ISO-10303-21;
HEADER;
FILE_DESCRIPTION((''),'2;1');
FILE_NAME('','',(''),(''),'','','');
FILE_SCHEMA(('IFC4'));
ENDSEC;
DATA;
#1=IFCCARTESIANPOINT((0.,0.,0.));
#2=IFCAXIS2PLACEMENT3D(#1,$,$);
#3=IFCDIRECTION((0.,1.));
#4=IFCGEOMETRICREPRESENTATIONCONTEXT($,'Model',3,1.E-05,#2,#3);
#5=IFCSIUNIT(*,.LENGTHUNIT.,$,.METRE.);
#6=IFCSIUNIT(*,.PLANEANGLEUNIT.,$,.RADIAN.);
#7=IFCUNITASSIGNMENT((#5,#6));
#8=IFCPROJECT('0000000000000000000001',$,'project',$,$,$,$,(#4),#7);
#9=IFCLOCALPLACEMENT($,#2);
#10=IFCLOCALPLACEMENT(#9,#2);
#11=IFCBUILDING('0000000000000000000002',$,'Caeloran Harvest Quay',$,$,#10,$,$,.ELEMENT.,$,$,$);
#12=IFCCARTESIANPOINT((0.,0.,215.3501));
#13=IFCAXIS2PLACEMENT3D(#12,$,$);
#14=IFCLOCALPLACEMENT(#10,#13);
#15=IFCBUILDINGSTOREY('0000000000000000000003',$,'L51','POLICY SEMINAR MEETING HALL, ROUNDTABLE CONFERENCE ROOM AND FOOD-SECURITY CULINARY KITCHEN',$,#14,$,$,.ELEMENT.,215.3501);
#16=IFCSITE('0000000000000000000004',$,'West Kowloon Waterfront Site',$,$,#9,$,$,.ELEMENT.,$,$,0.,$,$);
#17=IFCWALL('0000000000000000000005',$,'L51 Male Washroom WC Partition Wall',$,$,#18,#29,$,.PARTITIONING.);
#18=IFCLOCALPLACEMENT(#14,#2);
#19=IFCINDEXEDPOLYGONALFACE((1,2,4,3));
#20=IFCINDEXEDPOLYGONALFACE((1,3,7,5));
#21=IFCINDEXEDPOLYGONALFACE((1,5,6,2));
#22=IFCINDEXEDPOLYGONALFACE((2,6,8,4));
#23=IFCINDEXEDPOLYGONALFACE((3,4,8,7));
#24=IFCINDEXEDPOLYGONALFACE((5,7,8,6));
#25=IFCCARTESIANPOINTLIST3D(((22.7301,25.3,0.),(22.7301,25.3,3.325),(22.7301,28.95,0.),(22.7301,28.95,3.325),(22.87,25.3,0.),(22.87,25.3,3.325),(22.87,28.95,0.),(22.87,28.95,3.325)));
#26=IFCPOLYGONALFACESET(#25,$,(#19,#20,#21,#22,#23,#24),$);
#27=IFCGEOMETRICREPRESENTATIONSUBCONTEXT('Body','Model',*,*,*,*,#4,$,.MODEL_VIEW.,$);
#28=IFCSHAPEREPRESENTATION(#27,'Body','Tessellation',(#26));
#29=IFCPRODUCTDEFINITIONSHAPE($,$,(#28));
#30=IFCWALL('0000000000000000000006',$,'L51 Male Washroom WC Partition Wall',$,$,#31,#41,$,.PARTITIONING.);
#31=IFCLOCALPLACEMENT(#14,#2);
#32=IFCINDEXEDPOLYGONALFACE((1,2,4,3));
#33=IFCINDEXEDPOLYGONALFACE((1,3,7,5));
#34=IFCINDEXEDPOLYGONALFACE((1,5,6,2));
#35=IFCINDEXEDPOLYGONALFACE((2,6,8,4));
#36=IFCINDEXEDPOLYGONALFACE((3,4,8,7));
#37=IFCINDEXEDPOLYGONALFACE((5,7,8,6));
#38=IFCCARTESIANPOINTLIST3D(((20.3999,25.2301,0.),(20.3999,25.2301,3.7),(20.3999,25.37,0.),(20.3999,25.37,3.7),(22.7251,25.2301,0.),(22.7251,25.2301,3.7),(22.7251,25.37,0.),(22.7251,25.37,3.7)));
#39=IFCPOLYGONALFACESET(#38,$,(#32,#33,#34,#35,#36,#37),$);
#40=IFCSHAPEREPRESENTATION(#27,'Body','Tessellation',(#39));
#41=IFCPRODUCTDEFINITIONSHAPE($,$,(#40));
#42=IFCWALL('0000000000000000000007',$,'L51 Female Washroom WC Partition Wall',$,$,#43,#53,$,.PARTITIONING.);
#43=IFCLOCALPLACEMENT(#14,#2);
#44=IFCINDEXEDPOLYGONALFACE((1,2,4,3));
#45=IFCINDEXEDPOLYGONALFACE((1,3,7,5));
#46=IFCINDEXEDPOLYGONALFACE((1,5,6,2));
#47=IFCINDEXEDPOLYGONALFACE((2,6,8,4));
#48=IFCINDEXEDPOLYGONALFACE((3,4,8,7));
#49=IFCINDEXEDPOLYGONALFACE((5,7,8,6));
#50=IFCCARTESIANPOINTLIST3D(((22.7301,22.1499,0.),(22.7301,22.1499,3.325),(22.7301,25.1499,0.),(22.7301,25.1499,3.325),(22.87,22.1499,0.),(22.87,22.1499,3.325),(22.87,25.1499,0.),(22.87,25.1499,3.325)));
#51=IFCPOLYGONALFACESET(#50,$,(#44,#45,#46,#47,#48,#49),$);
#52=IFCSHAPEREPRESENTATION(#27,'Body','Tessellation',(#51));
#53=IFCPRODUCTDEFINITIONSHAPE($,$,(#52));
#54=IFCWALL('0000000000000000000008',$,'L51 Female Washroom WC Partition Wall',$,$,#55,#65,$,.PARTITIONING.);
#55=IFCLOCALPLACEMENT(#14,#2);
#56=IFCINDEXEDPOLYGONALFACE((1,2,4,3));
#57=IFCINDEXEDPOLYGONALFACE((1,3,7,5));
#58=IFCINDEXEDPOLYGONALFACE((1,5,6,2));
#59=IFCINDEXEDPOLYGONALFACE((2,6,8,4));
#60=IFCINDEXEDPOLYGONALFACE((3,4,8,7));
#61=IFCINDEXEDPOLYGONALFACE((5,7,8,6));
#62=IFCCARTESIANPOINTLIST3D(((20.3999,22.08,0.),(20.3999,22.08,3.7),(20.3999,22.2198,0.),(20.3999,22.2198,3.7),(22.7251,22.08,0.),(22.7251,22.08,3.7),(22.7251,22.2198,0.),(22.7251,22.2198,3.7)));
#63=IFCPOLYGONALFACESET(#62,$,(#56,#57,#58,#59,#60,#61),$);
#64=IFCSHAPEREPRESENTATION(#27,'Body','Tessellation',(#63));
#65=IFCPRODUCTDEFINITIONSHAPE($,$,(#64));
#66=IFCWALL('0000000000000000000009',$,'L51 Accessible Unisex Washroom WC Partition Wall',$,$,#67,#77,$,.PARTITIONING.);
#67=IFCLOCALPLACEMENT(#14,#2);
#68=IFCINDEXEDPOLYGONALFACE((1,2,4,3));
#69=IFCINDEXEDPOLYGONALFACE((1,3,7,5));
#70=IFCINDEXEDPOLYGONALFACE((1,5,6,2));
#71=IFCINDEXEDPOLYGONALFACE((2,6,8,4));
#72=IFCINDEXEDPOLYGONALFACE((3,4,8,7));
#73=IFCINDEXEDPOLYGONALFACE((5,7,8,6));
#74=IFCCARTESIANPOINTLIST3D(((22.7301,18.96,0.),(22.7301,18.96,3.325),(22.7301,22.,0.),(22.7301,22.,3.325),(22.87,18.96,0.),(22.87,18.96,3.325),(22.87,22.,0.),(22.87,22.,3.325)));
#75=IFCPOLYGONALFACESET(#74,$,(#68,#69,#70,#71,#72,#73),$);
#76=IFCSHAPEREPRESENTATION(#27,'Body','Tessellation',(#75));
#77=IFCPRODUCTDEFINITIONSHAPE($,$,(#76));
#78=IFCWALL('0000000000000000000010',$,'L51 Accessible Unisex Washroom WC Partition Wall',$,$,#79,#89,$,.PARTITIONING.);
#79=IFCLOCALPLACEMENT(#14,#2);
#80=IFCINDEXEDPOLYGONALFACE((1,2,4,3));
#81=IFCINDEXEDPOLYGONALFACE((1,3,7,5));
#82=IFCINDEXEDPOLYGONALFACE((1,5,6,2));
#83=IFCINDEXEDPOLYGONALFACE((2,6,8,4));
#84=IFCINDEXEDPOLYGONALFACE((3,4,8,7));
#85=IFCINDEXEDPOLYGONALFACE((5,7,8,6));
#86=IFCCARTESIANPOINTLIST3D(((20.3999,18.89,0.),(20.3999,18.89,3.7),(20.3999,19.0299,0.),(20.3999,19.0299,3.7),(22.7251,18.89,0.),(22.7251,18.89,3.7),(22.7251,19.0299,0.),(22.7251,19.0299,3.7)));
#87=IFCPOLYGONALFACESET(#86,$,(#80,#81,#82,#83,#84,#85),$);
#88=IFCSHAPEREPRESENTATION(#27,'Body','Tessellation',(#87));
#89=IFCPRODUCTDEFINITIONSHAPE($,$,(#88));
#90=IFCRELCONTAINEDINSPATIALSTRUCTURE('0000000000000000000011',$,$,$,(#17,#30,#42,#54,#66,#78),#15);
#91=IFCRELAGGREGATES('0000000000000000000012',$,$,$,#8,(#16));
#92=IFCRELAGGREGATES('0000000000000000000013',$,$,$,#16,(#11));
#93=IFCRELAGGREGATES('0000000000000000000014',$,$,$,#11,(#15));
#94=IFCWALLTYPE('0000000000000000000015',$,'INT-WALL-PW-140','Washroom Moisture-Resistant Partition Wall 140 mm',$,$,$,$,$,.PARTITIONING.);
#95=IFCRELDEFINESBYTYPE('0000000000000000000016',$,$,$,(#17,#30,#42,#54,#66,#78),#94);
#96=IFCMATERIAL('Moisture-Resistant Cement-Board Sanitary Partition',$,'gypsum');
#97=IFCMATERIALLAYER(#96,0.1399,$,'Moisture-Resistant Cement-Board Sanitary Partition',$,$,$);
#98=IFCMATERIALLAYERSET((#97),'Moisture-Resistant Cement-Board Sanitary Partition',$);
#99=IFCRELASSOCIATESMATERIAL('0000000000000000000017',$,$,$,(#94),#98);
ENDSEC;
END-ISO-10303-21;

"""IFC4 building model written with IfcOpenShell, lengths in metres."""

from ifc_helpers import new_model, si_unit, direction, frame, frame_2d, origin, place, context, subcontext, project, spatial, rectangle, extrude, material, layer, layer_set, type_object, element, save


model = new_model("IFC4")

# Units and contexts
model_context = context("Model", 3, precision=1e-05, world=origin(), true_north=direction((0.0, 1.0)))
body_context = subcontext(model_context, "Body", "Model", "MODEL_VIEW")
ifc_project = project(units=[si_unit("LENGTHUNIT", "METRE"), si_unit("PLANEANGLEUNIT", "RADIAN")], contexts=[model_context])

# Site, building, storey
site_placement = place(None, origin())
site = spatial("IfcSite", under=ifc_project, at=site_placement, Name="West Kowloon Waterfront Site", CompositionType="ELEMENT", RefElevation=0.0)
building_placement = place(site_placement, origin())
building = spatial("IfcBuilding", under=site, at=building_placement, Name="Caeloran Harvest Quay", CompositionType="ELEMENT")
storey_placement = place(building_placement, frame((0.0, 0.0, 215.3501)))
storey = spatial("IfcBuildingStorey", under=building, at=storey_placement, Name="L51", Description="POLICY SEMINAR MEETING HALL, ROUNDTABLE CONFERENCE ROOM AND FOOD-SECURITY CULINARY KITCHEN", CompositionType="ELEMENT", Elevation=215.3501)

# Walls
ifc_material_1 = material(Name="Moisture-Resistant Cement-Board Sanitary Partition", Category="gypsum")
ifc_layer_1 = layer(ifc_material_1, 0.1399, Name="Moisture-Resistant Cement-Board Sanitary Partition")
ifc_layer_set_1 = layer_set([ifc_layer_1], Name="Moisture-Resistant Cement-Board Sanitary Partition")
wall_type_1 = type_object("IfcWallType", Name="INT-WALL-PW-140", Description="Washroom Moisture-Resistant Partition Wall 140 mm", PredefinedType="PARTITIONING", material=ifc_layer_set_1)
wall_1_placement = place(storey_placement, frame((22.8, 28.95, 0.0), z_axis=(0.0, 0.0, 1.0), x_axis=(0.0, -1.0, 0.0)))
element("IfcWall", 1, at=wall_1_placement, inside=storey, type_object=wall_type_1, Name="L51 Male Washroom WC Partition Wall", PredefinedType="PARTITIONING", context=body_context, shape_type="SweptSolid", body=[
    extrude(rectangle(XDim=3.6499, YDim=0.1399, at=frame_2d((1.825, 0.0))), origin(), (0.0, 0.0, 1.0), 3.325),
])
wall_2_placement = place(storey_placement, frame((22.7251, 25.3, 0.0), z_axis=(0.0, 0.0, 1.0), x_axis=(-1.0, 0.0, 0.0)))
element("IfcWall", 2, at=wall_2_placement, inside=storey, type_object=wall_type_1, Name="L51 Male Washroom WC Partition Wall", PredefinedType="PARTITIONING", context=body_context, shape_type="SweptSolid", body=[
    extrude(rectangle(XDim=2.3252, YDim=0.1399, at=frame_2d((1.1626, 0.0))), origin(), (0.0, 0.0, 1.0), 3.7),
])
wall_3_placement = place(storey_placement, frame((22.8, 25.1499, 0.0), z_axis=(0.0, 0.0, 1.0), x_axis=(0.0, -1.0, 0.0)))
element("IfcWall", 3, at=wall_3_placement, inside=storey, type_object=wall_type_1, Name="L51 Female Washroom WC Partition Wall", PredefinedType="PARTITIONING", context=body_context, shape_type="SweptSolid", body=[
    extrude(rectangle(XDim=3.0, YDim=0.1399, at=frame_2d((1.5, 0.0))), origin(), (0.0, 0.0, 1.0), 3.325),
])
wall_4_placement = place(storey_placement, frame((22.7251, 22.1499, 0.0), z_axis=(0.0, 0.0, 1.0), x_axis=(-1.0, 0.0, 0.0)))
element("IfcWall", 4, at=wall_4_placement, inside=storey, type_object=wall_type_1, Name="L51 Female Washroom WC Partition Wall", PredefinedType="PARTITIONING", context=body_context, shape_type="SweptSolid", body=[
    extrude(rectangle(XDim=2.3252, YDim=0.1399, at=frame_2d((1.1626, 0.0))), origin(), (0.0, 0.0, 1.0), 3.7),
])
wall_5_placement = place(storey_placement, frame((22.8, 22.0, 0.0), z_axis=(0.0, 0.0, 1.0), x_axis=(0.0, -1.0, 0.0)))
element("IfcWall", 5, at=wall_5_placement, inside=storey, type_object=wall_type_1, Name="L51 Accessible Unisex Washroom WC Partition Wall", PredefinedType="PARTITIONING", context=body_context, shape_type="SweptSolid", body=[
    extrude(rectangle(XDim=3.04, YDim=0.1399, at=frame_2d((1.52, 0.0))), origin(), (0.0, 0.0, 1.0), 3.325),
])
wall_6_placement = place(storey_placement, frame((22.7251, 18.96, 0.0), z_axis=(0.0, 0.0, 1.0), x_axis=(-1.0, 0.0, 0.0)))
element("IfcWall", 6, at=wall_6_placement, inside=storey, type_object=wall_type_1, Name="L51 Accessible Unisex Washroom WC Partition Wall", PredefinedType="PARTITIONING", context=body_context, shape_type="SweptSolid", body=[
    extrude(rectangle(XDim=2.3252, YDim=0.1399, at=frame_2d((1.1626, 0.0))), origin(), (0.0, 0.0, 1.0), 3.7),
])

save(model, "model.ifc")
